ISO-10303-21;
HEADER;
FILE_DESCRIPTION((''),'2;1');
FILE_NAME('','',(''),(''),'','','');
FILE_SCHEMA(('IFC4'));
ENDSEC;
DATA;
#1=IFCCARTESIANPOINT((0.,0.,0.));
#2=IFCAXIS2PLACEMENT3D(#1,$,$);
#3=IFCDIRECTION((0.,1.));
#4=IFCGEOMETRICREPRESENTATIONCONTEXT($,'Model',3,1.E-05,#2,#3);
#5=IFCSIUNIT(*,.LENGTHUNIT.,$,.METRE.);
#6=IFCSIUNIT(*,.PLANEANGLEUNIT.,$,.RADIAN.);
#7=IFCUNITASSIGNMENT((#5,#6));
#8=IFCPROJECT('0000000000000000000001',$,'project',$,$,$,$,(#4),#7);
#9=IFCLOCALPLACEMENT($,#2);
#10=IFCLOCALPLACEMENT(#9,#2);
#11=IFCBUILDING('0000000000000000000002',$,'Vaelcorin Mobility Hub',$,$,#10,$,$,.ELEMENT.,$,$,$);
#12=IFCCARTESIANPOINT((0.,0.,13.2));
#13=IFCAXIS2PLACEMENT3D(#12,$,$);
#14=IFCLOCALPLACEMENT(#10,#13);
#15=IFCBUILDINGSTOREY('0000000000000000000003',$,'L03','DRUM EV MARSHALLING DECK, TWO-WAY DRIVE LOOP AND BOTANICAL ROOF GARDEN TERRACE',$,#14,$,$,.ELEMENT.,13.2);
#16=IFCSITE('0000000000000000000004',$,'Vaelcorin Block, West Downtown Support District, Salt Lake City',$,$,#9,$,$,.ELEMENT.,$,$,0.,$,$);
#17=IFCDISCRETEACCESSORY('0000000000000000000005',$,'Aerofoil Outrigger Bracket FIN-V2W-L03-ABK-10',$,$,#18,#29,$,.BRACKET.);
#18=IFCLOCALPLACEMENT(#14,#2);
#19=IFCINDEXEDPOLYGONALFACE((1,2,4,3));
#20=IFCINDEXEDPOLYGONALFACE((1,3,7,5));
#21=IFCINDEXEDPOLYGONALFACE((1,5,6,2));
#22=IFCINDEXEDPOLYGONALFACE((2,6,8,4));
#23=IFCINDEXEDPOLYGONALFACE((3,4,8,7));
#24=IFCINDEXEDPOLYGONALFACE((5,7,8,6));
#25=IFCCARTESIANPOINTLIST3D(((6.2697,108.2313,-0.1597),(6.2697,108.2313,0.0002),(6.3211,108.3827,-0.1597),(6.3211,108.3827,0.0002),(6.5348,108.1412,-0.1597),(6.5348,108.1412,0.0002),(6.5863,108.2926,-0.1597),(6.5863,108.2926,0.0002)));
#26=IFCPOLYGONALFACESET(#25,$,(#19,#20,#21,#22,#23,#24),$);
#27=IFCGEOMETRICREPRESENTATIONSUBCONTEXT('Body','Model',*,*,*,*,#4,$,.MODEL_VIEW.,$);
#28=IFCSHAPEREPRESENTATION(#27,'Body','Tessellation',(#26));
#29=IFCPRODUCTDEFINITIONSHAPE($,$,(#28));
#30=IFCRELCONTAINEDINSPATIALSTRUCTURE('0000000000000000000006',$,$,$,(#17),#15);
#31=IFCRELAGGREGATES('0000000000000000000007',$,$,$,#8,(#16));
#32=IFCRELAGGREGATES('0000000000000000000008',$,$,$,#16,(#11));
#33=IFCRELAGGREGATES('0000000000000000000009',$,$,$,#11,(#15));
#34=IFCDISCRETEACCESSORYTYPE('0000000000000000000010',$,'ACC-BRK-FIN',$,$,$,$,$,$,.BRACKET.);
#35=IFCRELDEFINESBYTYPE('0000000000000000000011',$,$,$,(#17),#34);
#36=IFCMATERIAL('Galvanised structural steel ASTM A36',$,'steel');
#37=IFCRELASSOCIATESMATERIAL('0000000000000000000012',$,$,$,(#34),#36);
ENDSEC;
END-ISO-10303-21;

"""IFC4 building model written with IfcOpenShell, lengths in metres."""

from ifc_helpers import new_model, si_unit, direction, frame, origin, origin_2d, place, context, subcontext, project, spatial, rectangle, extrude, material, type_object, element, save


model = new_model("IFC4")

# Units and contexts
model_context = context("Model", 3, precision=1e-05, world=origin(), true_north=direction((0.0, 1.0)))
body_context = subcontext(model_context, "Body", "Model", "MODEL_VIEW")
ifc_project = project(units=[si_unit("LENGTHUNIT", "METRE"), si_unit("PLANEANGLEUNIT", "RADIAN")], contexts=[model_context])

# Site, building, storey
site_placement = place(None, origin())
site = spatial("IfcSite", under=ifc_project, at=site_placement, Name="Vaelcorin Block, West Downtown Support District, Salt Lake City", CompositionType="ELEMENT", RefElevation=0.0)
building_placement = place(site_placement, origin())
building = spatial("IfcBuilding", under=site, at=building_placement, Name="Vaelcorin Mobility Hub", CompositionType="ELEMENT")
storey_placement = place(building_placement, frame((0.0, 0.0, 13.2)))
storey = spatial("IfcBuildingStorey", under=building, at=storey_placement, Name="L03", Description="DRUM EV MARSHALLING DECK, TWO-WAY DRIVE LOOP AND BOTANICAL ROOF GARDEN TERRACE", CompositionType="ELEMENT", Elevation=13.2)

# Shared definitions
ifc_material_1 = material(Name="Galvanised structural steel ASTM A36", Category="steel")

# Discrete accessory
discrete_accessory_type = type_object("IfcDiscreteAccessoryType", Name="ACC-BRK-FIN", PredefinedType="BRACKET", material=ifc_material_1)
for number, where, z_axis, x_axis, name in (
    (1, (6.428, 108.262, -0.1597), (0.0, 0.0, 1.0), (-0.946885, 0.321572, 0.0), "Aerofoil Outrigger Bracket FIN-V2W-L03-ABK-10"),
):
    element("IfcDiscreteAccessory", number, at=place(storey_placement, frame(where, z_axis=z_axis, x_axis=x_axis)), inside=storey, type_object=discrete_accessory_type, Name=name, PredefinedType="BRACKET", context=body_context, shape_type="SweptSolid", body=[
        extrude(rectangle(XDim=0.28, YDim=0.1599, at=origin_2d()), origin(), (0.0, 0.0, 1.0), 0.1599),
    ])

save(model, "model.ifc")
